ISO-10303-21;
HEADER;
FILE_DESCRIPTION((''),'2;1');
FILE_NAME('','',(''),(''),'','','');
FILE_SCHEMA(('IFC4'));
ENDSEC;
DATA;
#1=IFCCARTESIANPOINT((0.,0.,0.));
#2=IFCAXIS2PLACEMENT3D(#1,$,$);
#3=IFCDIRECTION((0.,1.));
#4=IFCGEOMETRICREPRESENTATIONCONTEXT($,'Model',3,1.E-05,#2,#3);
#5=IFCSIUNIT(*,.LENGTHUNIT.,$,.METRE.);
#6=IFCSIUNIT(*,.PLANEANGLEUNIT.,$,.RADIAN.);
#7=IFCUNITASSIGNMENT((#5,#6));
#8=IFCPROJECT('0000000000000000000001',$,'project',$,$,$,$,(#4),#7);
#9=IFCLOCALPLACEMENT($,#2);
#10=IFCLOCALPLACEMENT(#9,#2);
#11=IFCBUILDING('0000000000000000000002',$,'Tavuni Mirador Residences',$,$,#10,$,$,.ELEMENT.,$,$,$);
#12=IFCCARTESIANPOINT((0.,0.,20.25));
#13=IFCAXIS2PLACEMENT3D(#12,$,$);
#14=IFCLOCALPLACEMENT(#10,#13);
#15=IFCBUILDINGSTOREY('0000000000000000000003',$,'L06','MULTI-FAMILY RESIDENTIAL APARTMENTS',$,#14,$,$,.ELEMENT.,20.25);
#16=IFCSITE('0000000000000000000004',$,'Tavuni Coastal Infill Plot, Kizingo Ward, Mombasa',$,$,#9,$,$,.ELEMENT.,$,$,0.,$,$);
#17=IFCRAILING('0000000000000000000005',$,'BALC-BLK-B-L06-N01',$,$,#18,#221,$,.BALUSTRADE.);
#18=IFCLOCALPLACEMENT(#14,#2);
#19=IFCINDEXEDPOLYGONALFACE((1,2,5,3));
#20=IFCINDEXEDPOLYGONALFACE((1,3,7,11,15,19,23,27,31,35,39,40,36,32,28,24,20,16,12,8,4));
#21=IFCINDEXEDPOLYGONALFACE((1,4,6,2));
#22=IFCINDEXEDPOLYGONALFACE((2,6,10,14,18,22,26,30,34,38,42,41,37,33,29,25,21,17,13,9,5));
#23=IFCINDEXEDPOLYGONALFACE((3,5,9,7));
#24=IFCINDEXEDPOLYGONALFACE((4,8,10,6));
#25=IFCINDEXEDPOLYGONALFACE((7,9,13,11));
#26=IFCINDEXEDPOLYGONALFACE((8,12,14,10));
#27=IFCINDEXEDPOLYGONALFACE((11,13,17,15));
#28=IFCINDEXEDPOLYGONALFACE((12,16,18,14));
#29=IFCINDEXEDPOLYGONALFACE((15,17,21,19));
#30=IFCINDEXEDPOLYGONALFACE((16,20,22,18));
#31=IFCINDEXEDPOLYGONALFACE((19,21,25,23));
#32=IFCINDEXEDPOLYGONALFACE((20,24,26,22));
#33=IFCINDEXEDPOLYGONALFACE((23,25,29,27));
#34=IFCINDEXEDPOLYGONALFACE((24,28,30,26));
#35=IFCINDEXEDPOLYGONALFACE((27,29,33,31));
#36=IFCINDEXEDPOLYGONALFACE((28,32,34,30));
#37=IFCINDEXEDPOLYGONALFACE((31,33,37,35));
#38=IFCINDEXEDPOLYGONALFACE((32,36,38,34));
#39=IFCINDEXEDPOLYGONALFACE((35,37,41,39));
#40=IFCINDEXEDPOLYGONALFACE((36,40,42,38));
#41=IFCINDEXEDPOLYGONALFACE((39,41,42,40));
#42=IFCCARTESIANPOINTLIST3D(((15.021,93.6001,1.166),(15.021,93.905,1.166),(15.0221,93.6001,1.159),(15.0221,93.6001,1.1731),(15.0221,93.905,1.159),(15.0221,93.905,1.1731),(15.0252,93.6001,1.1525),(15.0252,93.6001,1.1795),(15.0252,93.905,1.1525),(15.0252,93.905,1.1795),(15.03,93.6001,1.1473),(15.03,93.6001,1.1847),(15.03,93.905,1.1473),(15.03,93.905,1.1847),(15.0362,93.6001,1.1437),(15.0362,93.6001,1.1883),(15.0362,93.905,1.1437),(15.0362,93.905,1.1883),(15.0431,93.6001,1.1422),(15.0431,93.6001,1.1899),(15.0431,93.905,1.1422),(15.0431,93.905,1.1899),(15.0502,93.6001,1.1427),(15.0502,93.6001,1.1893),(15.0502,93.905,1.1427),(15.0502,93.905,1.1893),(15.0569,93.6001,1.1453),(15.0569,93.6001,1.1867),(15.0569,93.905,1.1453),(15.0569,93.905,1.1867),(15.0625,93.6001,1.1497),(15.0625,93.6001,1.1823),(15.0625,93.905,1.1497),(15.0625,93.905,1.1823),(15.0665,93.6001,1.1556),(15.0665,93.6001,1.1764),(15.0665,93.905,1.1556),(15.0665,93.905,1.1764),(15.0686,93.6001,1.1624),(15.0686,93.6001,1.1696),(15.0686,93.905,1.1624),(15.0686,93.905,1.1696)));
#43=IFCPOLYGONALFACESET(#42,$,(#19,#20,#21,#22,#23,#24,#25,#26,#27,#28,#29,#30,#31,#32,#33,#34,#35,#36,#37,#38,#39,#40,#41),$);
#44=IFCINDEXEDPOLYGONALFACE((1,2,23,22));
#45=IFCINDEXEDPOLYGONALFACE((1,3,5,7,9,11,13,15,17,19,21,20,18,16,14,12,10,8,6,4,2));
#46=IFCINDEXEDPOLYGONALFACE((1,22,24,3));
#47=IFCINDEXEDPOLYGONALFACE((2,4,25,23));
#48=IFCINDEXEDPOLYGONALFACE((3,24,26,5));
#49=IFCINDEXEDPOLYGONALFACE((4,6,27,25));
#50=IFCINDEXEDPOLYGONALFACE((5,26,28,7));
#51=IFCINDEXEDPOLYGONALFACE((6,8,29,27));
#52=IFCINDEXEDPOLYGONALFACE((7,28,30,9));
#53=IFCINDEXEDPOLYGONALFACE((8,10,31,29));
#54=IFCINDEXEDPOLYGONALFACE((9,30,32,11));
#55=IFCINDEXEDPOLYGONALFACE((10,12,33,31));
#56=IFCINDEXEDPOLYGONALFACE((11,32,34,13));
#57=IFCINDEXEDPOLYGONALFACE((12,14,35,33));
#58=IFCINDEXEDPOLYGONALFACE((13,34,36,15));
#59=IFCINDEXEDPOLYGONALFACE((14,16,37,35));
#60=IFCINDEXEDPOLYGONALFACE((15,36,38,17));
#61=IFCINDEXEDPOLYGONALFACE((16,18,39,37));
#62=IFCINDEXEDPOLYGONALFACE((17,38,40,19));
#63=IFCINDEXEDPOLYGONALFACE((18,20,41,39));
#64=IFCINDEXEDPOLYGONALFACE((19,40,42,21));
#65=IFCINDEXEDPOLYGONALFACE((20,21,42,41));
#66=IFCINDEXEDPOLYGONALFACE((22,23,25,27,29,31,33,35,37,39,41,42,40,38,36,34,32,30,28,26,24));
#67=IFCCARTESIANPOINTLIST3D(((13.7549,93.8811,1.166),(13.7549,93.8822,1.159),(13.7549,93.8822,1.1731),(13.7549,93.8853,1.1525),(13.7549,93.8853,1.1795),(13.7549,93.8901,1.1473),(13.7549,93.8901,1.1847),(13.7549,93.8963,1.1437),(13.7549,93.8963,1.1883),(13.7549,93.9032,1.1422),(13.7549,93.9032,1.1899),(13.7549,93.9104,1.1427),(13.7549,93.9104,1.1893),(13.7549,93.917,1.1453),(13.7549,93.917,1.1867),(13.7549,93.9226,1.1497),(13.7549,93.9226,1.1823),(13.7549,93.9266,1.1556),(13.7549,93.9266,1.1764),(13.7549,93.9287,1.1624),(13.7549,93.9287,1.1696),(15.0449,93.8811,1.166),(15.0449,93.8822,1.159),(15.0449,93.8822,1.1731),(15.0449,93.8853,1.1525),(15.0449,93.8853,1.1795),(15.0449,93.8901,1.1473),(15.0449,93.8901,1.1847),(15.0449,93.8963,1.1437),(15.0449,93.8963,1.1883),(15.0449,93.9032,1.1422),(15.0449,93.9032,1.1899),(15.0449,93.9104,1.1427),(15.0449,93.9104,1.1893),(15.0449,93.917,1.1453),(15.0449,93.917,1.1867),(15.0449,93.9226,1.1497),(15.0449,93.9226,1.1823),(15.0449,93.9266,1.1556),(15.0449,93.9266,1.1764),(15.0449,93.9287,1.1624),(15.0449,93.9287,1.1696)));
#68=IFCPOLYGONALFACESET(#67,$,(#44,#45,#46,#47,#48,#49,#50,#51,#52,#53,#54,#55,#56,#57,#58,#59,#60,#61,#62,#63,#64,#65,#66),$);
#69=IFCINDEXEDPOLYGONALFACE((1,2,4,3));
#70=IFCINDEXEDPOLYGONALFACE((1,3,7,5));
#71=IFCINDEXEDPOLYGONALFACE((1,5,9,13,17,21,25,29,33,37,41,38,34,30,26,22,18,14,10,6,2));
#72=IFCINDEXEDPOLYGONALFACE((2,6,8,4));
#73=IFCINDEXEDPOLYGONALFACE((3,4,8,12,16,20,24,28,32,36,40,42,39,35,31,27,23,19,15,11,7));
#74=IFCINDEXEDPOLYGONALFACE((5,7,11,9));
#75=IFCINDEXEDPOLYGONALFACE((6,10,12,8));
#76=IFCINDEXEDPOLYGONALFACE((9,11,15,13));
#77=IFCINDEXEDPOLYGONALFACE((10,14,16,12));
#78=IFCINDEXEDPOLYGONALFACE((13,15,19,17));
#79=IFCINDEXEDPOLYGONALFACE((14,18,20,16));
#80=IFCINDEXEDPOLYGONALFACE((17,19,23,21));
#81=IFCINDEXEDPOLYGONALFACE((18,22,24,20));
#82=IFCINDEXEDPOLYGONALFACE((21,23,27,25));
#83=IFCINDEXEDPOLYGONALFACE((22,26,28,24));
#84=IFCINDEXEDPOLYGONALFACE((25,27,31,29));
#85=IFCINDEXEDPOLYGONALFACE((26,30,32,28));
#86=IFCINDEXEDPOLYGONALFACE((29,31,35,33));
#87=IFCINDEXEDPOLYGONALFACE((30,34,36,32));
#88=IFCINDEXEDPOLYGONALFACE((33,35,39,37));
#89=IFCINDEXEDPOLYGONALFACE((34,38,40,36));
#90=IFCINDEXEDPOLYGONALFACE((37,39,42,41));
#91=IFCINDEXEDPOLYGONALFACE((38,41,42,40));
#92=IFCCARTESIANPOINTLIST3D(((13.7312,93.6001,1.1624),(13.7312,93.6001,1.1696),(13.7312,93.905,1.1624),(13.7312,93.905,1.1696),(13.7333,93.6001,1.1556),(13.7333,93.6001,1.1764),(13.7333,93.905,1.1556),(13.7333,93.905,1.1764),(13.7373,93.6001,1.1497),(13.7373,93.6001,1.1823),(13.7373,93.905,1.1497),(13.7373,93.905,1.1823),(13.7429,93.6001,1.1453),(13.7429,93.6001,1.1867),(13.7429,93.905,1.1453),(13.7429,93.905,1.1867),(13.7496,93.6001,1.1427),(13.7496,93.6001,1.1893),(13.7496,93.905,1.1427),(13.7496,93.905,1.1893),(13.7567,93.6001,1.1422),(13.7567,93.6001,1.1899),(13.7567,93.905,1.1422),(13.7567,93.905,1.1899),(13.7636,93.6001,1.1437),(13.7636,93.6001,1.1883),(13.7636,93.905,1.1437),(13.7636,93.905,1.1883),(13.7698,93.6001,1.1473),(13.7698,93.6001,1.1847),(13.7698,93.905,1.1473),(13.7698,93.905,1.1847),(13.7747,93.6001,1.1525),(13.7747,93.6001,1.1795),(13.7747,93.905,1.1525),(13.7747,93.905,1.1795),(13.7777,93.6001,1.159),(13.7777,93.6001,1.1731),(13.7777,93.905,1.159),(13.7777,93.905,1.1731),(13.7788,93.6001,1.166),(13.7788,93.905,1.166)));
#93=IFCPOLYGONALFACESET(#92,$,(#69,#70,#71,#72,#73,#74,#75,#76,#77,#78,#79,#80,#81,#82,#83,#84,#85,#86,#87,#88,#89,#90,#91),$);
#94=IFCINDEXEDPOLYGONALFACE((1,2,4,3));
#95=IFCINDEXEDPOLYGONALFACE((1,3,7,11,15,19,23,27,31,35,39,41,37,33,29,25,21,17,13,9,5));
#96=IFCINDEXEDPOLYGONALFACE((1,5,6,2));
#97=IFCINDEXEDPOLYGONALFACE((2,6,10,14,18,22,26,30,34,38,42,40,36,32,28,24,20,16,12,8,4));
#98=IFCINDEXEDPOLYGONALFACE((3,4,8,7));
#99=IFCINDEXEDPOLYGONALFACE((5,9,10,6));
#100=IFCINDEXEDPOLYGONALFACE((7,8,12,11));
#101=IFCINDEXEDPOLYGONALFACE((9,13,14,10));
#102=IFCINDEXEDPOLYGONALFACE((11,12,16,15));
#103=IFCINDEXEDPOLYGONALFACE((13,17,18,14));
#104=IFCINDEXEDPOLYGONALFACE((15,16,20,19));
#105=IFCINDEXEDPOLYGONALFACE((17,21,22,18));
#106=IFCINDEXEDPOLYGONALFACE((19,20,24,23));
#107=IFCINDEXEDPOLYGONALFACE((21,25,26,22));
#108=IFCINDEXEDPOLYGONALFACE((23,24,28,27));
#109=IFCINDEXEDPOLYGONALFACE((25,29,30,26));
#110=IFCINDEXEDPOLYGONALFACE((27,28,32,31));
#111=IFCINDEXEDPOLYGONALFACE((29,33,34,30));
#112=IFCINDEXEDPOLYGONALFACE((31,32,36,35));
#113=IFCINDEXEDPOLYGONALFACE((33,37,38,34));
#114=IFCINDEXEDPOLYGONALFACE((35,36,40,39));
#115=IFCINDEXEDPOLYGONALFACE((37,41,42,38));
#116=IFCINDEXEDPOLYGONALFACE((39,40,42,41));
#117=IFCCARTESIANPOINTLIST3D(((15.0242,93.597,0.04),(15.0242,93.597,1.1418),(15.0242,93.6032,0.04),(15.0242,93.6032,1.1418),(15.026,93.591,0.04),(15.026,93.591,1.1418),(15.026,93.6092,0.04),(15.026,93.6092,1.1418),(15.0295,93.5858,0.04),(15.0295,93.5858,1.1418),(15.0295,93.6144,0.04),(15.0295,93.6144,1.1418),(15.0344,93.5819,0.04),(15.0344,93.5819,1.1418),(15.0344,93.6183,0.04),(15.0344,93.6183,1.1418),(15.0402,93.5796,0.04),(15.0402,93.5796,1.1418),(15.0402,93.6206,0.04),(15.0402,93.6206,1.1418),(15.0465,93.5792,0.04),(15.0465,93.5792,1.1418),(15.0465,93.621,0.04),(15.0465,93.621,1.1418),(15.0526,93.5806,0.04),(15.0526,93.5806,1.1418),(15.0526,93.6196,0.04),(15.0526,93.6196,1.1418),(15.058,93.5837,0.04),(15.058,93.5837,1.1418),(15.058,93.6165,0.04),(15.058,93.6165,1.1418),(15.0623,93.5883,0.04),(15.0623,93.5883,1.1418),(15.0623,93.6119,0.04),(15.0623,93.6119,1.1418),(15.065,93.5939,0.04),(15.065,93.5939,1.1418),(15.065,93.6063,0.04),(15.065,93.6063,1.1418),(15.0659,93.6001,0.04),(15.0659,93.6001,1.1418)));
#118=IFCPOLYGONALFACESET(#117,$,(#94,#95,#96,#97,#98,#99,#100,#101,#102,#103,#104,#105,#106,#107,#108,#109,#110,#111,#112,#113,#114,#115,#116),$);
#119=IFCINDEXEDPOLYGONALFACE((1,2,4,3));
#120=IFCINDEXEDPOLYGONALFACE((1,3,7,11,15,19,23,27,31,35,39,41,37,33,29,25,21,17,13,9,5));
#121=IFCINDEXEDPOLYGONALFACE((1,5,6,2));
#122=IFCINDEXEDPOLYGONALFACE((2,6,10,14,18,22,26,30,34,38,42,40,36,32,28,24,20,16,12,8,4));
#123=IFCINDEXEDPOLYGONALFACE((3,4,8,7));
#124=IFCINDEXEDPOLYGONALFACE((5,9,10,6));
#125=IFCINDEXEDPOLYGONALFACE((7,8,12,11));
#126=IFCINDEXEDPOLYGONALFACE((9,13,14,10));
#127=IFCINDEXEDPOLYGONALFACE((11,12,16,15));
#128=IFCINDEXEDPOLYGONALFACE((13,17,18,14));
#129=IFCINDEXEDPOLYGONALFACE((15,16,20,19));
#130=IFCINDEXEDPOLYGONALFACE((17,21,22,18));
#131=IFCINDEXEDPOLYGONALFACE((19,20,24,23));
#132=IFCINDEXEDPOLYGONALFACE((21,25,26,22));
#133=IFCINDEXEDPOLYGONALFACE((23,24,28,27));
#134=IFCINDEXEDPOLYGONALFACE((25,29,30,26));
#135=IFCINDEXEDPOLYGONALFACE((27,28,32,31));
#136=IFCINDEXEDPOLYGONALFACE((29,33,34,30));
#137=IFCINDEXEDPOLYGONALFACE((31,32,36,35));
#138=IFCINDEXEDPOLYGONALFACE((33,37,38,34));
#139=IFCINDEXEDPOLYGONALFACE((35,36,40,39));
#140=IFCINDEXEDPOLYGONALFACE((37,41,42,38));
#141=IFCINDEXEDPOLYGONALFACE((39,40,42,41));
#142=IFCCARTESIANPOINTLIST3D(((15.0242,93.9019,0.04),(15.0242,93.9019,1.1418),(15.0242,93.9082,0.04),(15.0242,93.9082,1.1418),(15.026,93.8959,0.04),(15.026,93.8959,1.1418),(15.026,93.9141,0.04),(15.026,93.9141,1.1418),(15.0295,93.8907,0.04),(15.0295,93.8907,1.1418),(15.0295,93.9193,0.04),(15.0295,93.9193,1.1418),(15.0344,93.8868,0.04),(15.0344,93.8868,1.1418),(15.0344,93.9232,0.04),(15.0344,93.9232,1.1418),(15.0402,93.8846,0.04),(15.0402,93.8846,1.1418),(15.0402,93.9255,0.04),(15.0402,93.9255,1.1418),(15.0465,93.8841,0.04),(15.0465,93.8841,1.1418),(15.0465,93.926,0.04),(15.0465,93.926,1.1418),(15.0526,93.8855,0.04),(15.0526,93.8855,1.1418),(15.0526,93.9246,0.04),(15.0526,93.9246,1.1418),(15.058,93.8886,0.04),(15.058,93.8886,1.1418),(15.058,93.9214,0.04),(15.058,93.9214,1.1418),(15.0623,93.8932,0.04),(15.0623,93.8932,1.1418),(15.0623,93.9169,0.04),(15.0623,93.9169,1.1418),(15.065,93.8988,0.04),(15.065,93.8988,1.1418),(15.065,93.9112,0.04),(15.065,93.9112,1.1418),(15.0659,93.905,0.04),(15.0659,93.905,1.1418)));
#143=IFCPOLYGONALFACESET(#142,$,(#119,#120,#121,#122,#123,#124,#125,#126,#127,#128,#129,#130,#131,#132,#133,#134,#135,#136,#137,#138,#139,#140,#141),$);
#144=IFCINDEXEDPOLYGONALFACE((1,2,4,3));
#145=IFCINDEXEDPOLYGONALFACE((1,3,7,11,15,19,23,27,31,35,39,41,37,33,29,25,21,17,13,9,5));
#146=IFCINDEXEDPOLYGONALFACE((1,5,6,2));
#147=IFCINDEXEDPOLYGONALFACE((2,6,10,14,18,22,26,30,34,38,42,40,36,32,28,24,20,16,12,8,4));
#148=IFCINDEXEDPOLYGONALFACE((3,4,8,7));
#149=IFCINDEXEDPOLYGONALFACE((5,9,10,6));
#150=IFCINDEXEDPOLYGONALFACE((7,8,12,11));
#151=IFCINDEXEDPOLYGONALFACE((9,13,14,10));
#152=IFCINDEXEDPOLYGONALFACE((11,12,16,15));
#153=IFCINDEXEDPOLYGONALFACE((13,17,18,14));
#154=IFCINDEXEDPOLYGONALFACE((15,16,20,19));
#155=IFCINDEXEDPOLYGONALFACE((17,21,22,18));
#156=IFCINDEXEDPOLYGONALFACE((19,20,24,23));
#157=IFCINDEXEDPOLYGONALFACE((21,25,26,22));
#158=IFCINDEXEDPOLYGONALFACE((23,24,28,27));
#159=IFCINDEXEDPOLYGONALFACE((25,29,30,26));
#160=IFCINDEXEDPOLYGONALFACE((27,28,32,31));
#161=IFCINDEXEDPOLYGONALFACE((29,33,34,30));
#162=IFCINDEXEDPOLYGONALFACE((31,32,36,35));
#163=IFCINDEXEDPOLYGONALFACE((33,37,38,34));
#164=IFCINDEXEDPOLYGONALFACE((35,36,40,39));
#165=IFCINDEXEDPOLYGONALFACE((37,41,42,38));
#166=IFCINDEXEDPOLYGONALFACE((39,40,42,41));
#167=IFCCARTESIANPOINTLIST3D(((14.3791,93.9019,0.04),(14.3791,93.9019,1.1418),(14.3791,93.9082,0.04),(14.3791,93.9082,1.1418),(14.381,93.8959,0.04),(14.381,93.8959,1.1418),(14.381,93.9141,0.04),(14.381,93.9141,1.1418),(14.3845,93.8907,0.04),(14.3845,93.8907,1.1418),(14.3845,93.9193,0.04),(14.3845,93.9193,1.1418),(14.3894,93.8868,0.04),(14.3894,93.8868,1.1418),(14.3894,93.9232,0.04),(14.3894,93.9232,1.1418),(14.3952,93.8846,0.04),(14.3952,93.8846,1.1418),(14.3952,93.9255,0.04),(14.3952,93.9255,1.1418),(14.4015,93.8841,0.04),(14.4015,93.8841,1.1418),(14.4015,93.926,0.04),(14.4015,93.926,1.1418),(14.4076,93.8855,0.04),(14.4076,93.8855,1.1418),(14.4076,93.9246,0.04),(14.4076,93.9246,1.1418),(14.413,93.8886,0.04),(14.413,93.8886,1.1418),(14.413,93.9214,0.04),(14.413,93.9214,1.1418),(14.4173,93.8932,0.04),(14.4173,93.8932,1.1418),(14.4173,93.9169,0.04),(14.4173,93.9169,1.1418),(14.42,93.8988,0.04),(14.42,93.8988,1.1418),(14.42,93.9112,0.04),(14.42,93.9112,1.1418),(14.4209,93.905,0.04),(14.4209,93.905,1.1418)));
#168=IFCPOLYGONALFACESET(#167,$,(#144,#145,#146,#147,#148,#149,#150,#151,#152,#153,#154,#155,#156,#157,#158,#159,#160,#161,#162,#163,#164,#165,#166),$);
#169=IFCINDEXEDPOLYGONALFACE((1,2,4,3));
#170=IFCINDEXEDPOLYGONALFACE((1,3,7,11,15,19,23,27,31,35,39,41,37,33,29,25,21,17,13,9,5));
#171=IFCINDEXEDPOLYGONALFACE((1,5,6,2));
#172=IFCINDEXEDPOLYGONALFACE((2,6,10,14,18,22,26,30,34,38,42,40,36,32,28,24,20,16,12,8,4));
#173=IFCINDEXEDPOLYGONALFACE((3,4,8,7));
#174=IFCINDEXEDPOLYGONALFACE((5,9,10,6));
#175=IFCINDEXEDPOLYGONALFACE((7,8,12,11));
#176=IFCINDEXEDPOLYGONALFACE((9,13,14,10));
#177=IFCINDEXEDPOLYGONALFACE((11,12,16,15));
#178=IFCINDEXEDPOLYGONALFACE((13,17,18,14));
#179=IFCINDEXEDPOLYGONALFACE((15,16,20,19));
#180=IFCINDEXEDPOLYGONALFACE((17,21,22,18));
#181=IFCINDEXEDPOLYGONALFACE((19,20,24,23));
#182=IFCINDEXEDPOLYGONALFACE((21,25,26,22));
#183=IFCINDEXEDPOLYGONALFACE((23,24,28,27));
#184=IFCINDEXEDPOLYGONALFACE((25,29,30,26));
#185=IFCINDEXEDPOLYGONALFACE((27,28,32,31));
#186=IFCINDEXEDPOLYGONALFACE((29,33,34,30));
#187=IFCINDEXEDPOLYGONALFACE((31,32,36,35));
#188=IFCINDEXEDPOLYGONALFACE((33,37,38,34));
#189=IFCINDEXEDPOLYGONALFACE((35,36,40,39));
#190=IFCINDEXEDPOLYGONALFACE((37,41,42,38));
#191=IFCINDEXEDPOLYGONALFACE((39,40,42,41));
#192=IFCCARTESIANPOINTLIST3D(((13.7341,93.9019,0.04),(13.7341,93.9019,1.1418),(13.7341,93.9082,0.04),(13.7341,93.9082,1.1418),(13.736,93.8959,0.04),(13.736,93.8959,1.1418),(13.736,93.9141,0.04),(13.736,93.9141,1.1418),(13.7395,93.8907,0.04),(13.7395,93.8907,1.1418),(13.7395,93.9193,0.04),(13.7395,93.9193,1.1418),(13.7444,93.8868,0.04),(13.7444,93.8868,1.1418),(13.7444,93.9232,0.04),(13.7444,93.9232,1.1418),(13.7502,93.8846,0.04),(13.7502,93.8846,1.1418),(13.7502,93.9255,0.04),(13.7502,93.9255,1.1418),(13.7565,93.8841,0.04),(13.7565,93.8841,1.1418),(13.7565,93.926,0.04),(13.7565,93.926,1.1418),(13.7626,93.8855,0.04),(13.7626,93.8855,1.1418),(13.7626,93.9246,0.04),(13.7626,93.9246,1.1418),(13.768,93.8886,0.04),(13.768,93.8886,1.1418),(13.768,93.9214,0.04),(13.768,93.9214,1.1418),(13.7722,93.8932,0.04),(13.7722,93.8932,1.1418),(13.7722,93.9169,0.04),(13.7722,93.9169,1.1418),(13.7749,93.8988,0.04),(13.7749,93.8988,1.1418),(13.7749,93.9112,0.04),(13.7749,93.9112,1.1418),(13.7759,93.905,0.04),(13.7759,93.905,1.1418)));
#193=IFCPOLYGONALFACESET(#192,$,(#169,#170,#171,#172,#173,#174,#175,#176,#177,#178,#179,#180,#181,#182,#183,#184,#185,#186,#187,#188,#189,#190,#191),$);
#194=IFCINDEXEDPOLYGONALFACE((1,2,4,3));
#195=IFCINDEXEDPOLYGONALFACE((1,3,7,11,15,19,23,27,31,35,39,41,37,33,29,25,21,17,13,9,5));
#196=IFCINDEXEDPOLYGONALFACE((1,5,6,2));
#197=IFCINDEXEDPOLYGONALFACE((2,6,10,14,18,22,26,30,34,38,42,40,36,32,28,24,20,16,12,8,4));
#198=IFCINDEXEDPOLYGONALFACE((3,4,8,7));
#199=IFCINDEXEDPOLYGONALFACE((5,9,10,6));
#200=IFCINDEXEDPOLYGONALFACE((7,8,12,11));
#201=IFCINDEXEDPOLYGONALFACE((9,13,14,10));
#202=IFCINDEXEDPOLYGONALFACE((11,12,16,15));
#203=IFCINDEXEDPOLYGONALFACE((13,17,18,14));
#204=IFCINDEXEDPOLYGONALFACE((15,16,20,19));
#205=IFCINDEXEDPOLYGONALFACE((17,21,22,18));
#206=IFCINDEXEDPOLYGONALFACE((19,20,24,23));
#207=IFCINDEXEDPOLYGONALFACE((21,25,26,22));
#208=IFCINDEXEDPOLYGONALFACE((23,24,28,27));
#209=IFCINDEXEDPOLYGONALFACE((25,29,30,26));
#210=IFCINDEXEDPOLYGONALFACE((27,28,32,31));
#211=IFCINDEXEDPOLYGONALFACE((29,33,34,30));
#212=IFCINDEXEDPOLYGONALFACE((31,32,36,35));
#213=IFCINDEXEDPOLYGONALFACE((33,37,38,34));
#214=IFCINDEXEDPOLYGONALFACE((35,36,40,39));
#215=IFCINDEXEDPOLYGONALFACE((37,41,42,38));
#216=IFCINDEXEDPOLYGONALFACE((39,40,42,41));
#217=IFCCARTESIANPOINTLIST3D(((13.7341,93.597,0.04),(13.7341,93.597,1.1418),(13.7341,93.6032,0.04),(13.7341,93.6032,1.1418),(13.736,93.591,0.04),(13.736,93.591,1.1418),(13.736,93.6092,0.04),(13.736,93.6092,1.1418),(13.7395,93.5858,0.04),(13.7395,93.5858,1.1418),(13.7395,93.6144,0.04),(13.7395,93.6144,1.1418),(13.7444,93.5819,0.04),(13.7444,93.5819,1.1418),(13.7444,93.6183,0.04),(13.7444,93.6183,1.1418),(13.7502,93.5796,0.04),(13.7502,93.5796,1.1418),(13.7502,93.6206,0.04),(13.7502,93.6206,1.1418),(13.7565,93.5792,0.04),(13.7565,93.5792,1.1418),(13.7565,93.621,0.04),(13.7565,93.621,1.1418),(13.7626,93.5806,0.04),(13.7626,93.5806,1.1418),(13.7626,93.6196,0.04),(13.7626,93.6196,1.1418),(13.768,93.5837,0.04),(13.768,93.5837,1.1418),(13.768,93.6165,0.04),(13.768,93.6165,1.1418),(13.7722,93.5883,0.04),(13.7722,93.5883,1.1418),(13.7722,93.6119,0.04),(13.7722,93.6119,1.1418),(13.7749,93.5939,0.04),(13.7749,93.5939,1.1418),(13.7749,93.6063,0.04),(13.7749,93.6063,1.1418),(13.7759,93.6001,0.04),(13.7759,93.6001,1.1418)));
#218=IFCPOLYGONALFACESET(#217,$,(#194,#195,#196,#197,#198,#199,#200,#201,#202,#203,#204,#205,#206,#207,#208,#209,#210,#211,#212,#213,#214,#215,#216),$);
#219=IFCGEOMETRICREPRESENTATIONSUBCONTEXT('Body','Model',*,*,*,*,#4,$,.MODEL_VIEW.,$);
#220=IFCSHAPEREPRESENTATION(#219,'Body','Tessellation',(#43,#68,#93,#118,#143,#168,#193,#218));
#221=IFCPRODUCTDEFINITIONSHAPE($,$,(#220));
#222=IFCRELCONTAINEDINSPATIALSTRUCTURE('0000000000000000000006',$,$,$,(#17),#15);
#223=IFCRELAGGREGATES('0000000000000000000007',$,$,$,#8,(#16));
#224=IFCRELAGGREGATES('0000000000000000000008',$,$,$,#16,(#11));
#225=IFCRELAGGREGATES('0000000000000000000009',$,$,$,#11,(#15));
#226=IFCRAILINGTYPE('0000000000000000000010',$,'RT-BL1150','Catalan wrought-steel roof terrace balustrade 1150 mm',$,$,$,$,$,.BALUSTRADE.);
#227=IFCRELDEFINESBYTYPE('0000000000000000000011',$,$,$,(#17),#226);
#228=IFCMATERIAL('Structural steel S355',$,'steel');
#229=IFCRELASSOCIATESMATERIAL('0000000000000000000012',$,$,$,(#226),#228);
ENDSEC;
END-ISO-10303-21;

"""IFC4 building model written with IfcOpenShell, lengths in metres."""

from ifc_helpers import new_model, si_unit, direction, frame, origin, origin_2d, place, context, subcontext, project, spatial, circle, extrude, material, type_object, element, save


model = new_model("IFC4")

# Units and contexts
model_context = context("Model", 3, precision=1e-05, world=origin(), true_north=direction((0.0, 1.0)))
body_context = subcontext(model_context, "Body", "Model", "MODEL_VIEW")
ifc_project = project(units=[si_unit("LENGTHUNIT", "METRE"), si_unit("PLANEANGLEUNIT", "RADIAN")], contexts=[model_context])

# Site, building, storey
site_placement = place(None, origin())
site = spatial("IfcSite", under=ifc_project, at=site_placement, Name="Tavuni Coastal Infill Plot, Kizingo Ward, Mombasa", CompositionType="ELEMENT", RefElevation=0.0)
building_placement = place(site_placement, origin())
building = spatial("IfcBuilding", under=site, at=building_placement, Name="Tavuni Mirador Residences", CompositionType="ELEMENT")
storey_placement = place(building_placement, frame((0.0, 0.0, 20.25)))
storey = spatial("IfcBuildingStorey", under=building, at=storey_placement, Name="L06", Description="MULTI-FAMILY RESIDENTIAL APARTMENTS", CompositionType="ELEMENT", Elevation=20.25)

# Shared definitions
ifc_material_1 = material(Name="Structural steel S355", Category="steel")

# Railing
railing_type_1 = type_object("IfcRailingType", Name="RT-BL1150", Description="Catalan wrought-steel roof terrace balustrade 1150 mm", PredefinedType="BALUSTRADE", material=ifc_material_1)
railing_1_placement = place(storey_placement, frame((15.0449, 93.6001, 0.04)))
element("IfcRailing", 1, at=railing_1_placement, inside=storey, type_object=railing_type_1, Name="BALC-BLK-B-L06-N01", PredefinedType="BALUSTRADE", context=body_context, shape_type="SweptSolid", body=[
    extrude(circle(Radius=0.0239, at=origin_2d()), frame((0.0, 0.0, 1.126), z_axis=(0.0, 1.0, 0.0), x_axis=(-1.0, 0.0, 0.0)), (0.0, 0.0, 1.0), 0.3049),
    extrude(circle(Radius=0.0239, at=origin_2d()), frame((0.0, 0.3049, 1.126), z_axis=(-1.0, 0.0, 0.0), x_axis=(0.0, -1.0, 0.0)), (0.0, 0.0, 1.0), 1.29),
    extrude(circle(Radius=0.0239, at=origin_2d()), frame((-1.29, 0.3049, 1.126), z_axis=(0.0, -1.0, 0.0), x_axis=(1.0, 0.0, 0.0)), (0.0, 0.0, 1.0), 0.3049),
    extrude(circle(Radius=0.021, at=origin_2d()), origin(), (0.0, 0.0, 1.0), 1.1018),
    extrude(circle(Radius=0.021, at=origin_2d()), frame((0.0, 0.3049, 0.0)), (0.0, 0.0, 1.0), 1.1018),
    extrude(circle(Radius=0.021, at=origin_2d()), frame((-0.645, 0.3049, 0.0)), (0.0, 0.0, 1.0), 1.1018),
    extrude(circle(Radius=0.021, at=origin_2d()), frame((-1.29, 0.3049, 0.0)), (0.0, 0.0, 1.0), 1.1018),
    extrude(circle(Radius=0.021, at=origin_2d()), frame((-1.29, 0.0, 0.0)), (0.0, 0.0, 1.0), 1.1018),
])

save(model, "model.ifc")
